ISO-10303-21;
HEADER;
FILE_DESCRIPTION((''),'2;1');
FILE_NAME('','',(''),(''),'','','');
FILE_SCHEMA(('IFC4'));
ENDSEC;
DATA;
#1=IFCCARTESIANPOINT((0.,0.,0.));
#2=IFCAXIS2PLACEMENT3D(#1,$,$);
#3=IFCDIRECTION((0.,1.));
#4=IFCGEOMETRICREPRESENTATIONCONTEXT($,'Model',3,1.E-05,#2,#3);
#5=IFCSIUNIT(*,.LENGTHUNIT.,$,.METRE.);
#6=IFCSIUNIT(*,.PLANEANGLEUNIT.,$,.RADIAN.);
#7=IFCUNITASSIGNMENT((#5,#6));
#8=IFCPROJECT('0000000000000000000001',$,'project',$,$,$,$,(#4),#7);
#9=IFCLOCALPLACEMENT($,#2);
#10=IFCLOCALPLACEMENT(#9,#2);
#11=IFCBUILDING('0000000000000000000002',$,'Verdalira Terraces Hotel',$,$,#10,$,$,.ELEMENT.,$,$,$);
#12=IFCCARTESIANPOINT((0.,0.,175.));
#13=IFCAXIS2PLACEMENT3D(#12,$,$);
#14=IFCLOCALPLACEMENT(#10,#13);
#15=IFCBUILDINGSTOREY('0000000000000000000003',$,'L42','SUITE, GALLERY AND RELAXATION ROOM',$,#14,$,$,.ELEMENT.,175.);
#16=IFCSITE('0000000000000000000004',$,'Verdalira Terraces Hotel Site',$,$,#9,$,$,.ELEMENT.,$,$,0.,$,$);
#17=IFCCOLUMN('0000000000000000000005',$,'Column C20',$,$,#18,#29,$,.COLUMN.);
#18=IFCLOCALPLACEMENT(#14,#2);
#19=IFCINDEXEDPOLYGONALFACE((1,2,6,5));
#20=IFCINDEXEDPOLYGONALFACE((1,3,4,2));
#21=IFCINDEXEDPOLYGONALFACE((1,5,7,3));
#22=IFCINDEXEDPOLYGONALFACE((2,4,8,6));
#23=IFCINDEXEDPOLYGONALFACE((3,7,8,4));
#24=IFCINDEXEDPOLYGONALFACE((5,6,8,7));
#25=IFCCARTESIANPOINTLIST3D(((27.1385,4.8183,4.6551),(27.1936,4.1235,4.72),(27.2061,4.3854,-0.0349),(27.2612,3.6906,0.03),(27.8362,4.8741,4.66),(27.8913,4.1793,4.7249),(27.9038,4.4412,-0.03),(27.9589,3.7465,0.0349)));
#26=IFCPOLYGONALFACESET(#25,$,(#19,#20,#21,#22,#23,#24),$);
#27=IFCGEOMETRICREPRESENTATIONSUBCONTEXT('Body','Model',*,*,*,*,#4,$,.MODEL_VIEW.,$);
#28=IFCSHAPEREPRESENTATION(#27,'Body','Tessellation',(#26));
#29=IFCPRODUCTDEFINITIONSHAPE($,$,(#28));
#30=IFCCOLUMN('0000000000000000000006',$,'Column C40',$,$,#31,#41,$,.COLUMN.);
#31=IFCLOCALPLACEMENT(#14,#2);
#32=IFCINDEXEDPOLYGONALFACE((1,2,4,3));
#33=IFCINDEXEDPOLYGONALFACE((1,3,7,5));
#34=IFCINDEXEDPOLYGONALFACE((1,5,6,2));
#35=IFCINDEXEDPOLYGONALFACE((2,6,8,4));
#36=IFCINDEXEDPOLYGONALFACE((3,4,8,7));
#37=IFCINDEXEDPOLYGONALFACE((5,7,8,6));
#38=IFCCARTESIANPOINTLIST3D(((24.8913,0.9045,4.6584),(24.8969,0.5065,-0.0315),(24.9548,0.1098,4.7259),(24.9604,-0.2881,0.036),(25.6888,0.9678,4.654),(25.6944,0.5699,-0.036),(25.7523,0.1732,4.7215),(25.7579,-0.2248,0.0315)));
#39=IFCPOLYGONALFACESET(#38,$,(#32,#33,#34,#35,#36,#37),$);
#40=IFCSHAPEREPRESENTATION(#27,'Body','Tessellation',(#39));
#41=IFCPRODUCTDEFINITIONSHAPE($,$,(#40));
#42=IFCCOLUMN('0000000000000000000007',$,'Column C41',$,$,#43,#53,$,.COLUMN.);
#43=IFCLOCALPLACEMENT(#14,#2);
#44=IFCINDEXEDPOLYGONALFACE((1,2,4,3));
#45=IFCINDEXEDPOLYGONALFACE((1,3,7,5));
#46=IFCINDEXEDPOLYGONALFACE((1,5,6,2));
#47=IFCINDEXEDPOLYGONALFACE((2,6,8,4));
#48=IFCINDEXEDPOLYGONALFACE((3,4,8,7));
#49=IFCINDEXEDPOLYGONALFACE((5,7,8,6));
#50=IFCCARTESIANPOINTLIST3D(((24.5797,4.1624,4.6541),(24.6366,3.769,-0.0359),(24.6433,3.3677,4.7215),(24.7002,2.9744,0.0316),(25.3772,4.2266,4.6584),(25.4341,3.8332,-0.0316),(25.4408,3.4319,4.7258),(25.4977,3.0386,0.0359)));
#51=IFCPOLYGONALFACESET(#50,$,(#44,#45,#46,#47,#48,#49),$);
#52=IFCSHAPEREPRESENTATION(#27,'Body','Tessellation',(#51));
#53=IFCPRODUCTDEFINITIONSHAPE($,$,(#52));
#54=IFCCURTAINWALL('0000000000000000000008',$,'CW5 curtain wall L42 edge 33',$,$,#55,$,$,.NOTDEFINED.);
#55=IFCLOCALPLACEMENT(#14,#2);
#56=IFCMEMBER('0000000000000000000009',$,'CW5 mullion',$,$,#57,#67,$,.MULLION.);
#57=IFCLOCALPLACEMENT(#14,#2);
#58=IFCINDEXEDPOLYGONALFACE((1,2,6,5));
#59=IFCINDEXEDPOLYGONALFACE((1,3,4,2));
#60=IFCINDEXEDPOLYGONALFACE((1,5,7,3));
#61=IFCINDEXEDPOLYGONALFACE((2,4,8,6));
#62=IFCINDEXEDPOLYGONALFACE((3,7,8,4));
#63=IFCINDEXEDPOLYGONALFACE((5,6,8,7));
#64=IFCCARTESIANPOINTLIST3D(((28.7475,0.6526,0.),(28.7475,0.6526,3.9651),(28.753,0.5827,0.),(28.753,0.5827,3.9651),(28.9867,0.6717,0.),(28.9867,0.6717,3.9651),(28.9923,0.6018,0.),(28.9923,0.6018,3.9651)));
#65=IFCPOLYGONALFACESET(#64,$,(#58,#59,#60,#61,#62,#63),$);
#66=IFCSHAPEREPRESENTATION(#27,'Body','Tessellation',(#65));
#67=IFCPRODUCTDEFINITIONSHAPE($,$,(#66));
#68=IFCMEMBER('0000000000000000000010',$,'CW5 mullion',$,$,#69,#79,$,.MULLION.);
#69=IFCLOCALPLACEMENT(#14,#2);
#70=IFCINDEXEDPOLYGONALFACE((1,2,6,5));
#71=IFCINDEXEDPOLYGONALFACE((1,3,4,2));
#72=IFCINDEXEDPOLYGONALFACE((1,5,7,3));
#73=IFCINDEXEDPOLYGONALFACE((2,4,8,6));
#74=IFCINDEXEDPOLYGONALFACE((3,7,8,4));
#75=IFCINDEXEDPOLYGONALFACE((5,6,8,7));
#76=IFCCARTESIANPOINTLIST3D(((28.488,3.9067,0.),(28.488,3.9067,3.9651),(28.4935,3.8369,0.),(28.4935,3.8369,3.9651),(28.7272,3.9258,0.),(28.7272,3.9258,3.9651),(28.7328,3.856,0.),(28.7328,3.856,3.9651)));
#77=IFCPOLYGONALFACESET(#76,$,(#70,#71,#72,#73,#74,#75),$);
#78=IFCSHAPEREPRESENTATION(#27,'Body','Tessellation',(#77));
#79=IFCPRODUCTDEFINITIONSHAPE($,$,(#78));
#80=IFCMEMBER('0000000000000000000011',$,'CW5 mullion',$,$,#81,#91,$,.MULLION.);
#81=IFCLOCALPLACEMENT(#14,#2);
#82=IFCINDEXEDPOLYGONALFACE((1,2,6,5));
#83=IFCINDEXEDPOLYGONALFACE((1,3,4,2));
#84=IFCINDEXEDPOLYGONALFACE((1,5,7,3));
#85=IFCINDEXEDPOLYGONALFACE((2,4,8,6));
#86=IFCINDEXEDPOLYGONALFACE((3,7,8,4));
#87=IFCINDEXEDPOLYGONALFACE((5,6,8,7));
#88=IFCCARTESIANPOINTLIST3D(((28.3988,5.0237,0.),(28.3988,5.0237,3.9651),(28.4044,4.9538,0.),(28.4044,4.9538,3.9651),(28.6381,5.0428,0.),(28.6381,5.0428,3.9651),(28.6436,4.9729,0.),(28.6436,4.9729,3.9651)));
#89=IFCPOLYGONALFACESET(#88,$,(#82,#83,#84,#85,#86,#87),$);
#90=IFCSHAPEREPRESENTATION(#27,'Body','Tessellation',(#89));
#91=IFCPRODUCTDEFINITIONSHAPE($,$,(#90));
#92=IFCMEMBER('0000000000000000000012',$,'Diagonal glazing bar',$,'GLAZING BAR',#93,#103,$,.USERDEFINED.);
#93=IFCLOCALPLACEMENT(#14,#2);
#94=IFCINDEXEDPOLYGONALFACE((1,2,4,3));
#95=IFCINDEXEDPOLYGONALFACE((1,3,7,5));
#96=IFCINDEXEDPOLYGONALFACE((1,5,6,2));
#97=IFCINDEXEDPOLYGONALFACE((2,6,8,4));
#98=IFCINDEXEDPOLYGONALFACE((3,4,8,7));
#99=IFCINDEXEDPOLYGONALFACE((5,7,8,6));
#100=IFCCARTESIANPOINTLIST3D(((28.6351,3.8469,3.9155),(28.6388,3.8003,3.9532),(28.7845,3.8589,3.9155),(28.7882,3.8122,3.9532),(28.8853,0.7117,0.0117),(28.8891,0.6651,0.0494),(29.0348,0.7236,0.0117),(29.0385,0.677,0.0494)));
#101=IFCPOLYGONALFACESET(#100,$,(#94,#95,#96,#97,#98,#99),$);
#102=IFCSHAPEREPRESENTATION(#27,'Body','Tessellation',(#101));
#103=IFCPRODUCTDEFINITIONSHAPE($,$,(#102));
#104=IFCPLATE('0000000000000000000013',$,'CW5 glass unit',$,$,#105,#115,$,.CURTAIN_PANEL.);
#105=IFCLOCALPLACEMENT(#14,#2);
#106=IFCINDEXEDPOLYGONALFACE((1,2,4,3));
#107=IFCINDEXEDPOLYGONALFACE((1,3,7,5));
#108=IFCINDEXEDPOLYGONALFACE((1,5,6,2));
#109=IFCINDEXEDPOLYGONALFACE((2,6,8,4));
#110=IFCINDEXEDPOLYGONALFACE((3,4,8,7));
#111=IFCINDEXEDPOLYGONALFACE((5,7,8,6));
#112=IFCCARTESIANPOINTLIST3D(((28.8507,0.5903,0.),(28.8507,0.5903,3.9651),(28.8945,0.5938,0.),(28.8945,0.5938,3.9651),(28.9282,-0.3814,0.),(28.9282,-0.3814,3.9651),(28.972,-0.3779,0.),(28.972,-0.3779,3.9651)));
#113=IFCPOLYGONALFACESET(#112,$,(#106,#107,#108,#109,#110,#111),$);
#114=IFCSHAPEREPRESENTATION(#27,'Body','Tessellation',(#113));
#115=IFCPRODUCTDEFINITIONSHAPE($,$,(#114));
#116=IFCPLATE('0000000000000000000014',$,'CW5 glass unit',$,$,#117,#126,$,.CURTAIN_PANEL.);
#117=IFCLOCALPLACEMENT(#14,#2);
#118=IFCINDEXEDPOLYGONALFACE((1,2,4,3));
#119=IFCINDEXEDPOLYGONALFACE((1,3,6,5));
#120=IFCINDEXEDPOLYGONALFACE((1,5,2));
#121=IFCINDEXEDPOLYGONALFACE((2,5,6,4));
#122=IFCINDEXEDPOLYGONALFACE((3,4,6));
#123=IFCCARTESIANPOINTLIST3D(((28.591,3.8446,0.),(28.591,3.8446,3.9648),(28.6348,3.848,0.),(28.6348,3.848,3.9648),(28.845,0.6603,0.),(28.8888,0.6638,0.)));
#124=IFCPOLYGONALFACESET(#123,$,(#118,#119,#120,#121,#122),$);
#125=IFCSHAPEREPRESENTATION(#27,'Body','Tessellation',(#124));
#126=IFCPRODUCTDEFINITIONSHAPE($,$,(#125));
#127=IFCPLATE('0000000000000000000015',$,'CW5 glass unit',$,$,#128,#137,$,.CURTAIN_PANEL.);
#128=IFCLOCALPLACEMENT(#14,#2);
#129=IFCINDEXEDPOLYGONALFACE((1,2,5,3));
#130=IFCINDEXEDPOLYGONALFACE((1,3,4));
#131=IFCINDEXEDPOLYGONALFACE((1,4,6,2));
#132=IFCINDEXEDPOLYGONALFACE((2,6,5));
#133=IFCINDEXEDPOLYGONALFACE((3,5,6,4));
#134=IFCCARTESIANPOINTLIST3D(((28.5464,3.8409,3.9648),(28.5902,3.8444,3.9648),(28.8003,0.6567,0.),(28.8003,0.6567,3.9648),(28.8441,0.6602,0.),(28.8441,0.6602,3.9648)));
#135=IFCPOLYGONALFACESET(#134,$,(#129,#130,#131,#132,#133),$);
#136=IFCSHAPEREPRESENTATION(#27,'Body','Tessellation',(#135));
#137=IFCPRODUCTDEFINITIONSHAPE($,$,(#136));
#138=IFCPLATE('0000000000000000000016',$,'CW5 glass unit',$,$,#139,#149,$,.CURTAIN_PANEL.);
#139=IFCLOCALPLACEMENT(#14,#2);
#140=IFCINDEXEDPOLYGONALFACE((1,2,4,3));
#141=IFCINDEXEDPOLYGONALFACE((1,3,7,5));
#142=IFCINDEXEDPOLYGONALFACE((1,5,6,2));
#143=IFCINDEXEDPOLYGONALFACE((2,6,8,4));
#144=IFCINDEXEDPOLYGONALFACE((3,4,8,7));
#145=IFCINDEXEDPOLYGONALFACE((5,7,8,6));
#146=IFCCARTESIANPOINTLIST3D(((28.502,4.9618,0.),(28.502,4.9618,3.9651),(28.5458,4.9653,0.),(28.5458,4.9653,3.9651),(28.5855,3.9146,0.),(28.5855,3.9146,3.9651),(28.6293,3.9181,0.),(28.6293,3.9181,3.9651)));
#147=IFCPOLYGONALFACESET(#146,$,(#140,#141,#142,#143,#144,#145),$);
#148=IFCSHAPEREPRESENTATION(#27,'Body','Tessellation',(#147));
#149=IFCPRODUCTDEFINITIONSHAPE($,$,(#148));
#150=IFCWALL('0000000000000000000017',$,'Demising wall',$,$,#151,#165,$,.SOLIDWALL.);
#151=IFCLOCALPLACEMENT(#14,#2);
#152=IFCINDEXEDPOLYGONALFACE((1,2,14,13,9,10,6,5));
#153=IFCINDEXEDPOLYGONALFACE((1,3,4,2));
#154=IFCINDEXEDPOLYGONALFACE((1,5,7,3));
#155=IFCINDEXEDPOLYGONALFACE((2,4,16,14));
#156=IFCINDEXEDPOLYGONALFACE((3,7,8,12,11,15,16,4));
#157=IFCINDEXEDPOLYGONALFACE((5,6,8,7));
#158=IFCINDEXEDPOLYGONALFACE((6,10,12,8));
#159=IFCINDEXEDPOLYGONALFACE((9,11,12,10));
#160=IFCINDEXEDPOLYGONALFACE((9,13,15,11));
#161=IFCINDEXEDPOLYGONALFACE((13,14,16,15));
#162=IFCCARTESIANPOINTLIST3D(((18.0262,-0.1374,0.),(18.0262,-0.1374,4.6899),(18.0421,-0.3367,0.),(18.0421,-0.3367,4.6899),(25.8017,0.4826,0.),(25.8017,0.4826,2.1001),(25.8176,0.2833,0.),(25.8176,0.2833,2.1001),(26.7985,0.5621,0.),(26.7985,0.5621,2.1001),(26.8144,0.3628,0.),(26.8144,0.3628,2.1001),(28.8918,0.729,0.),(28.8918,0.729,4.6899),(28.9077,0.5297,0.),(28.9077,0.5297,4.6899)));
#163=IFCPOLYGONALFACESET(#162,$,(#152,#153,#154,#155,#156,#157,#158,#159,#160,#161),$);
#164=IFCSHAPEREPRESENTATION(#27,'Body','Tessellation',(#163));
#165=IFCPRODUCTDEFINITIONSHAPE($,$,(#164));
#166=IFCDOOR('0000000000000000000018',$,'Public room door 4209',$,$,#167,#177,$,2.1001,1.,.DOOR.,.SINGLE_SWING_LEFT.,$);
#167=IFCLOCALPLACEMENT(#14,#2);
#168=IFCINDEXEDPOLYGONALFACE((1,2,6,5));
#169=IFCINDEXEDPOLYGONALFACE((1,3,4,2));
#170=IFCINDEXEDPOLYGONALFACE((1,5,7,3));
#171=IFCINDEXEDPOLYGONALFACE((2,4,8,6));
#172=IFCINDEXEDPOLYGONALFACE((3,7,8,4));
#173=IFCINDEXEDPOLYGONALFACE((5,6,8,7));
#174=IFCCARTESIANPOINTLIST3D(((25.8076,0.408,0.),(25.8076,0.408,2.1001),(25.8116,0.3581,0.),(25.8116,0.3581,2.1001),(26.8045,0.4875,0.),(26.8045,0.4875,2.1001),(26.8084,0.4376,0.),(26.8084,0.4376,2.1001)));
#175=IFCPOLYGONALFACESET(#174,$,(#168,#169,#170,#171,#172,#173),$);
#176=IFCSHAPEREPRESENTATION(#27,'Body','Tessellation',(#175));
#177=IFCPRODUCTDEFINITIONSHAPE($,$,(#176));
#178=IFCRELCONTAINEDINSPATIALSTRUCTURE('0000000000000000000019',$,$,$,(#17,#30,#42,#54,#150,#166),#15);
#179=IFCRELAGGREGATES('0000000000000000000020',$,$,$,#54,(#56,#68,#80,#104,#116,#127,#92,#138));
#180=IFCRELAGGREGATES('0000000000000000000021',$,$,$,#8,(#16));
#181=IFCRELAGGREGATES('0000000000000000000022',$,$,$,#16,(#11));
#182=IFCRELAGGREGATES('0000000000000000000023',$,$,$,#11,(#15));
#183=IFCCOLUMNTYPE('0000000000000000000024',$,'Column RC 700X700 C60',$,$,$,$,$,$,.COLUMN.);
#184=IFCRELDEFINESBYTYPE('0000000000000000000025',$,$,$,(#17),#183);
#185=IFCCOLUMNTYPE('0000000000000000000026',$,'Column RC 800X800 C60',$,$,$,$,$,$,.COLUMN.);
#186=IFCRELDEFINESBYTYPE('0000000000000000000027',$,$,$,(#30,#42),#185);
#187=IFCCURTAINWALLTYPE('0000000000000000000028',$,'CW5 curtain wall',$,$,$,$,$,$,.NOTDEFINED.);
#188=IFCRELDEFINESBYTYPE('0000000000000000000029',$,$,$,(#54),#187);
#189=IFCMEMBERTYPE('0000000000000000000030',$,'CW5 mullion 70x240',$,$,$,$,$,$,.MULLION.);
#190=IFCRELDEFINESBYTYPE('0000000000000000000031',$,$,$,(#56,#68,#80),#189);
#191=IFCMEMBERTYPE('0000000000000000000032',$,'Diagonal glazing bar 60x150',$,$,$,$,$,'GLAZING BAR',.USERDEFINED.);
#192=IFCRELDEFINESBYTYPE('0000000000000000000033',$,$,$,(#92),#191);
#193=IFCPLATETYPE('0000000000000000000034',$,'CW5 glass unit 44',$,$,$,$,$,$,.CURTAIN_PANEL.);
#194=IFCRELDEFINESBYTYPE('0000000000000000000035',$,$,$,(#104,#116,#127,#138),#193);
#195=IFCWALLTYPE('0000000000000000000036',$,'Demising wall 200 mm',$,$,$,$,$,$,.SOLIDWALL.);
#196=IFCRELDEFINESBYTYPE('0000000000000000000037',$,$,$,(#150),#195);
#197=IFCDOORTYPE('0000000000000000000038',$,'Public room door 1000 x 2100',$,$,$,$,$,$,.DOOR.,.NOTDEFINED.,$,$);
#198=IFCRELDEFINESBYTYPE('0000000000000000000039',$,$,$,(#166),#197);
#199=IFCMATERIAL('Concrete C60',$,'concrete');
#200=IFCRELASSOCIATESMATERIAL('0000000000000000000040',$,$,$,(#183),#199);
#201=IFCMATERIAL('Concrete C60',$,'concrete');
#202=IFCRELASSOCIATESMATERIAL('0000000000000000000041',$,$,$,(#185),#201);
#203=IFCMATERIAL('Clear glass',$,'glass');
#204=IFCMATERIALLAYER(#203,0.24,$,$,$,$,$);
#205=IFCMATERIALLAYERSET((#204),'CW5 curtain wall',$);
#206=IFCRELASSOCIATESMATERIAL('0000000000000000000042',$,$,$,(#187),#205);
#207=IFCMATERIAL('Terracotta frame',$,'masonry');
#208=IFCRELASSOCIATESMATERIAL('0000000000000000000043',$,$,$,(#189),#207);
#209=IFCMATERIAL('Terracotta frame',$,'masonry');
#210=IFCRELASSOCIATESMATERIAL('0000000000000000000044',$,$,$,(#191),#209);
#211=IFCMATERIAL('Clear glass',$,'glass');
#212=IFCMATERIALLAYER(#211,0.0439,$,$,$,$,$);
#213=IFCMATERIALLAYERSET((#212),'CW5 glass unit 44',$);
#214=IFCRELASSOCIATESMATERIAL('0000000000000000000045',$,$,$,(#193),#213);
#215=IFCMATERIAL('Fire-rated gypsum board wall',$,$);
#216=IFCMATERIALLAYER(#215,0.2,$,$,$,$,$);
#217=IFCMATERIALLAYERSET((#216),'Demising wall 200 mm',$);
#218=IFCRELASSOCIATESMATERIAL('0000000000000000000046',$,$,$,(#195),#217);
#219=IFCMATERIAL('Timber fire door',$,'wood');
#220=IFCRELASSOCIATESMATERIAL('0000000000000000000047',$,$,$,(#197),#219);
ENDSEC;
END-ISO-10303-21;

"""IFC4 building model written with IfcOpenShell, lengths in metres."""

from ifc_helpers import new_model, si_unit, direction, frame, frame_2d, origin, origin_2d, place, context, subcontext, project, spatial, polyline, rectangle, outline, extrude, material, layer, layer_set, material_profile, profile_set, type_object, element, fill, aggregate, save


model = new_model("IFC4")

# Units and contexts
model_context = context("Model", 3, precision=1e-05, world=origin(), true_north=direction((0.0, 1.0)))
body_context = subcontext(model_context, "Body", "Model", "MODEL_VIEW")
ifc_project = project(units=[si_unit("LENGTHUNIT", "METRE"), si_unit("PLANEANGLEUNIT", "RADIAN")], contexts=[model_context])

# Site, building, storey
site_placement = place(None, origin())
site = spatial("IfcSite", under=ifc_project, at=site_placement, Name="Verdalira Terraces Hotel Site", CompositionType="ELEMENT", RefElevation=0.0)
building_placement = place(site_placement, origin())
building = spatial("IfcBuilding", under=site, at=building_placement, Name="Verdalira Terraces Hotel", CompositionType="ELEMENT")
storey_placement = place(building_placement, frame((0.0, 0.0, 175.0)))
storey = spatial("IfcBuildingStorey", under=building, at=storey_placement, Name="L42", Description="SUITE, GALLERY AND RELAXATION ROOM", CompositionType="ELEMENT", Elevation=175.0)

# Columns
ifc_material_1 = material(Name="Concrete C60", Category="concrete")
ifc_material_profile_1 = material_profile(ifc_material_1, rectangle(XDim=0.7, YDim=0.7, at=origin_2d()), Name="RC 700X700")
ifc_profile_set_1 = profile_set([ifc_material_profile_1], Name="Concrete C60")
column_type_1 = type_object("IfcColumnType", Name="Column RC 700X700 C60", PredefinedType="COLUMN", material=ifc_profile_set_1)
column_placement = place(storey_placement, frame((27.5825, 4.0659, 0.0), z_axis=(-0.014357, 0.091896, 0.995665), x_axis=(-0.078762, 0.99257, -0.092746)))
element("IfcColumn", 1, at=column_placement, inside=storey, type_object=column_type_1, Name="Column C20", PredefinedType="COLUMN", context=body_context, shape_type="SweptSolid", body=[
    extrude(rectangle(XDim=0.7, YDim=0.7, at=origin_2d()), origin(), (0.0, 0.0, 1.0), 4.7104),
])
ifc_material_2 = material(Name="Concrete C60", Category="concrete")
ifc_material_profile_2 = material_profile(ifc_material_2, rectangle(XDim=0.8, YDim=0.8, at=origin_2d()), Name="RC 800X800")
ifc_profile_set_2 = profile_set([ifc_material_profile_2], Name="Concrete C60")
column_type_2 = type_object("IfcColumnType", Name="Column RC 800X800 C60", PredefinedType="COLUMN", material=ifc_profile_set_2)
for number, where, z_axis, x_axis, name in (
    (2, (25.3274, 0.1409, 0.0), (-0.001193, 0.084548, 0.996419), (0.996843, 0.079205, -0.005527), "Column C40"),
    (3, (25.0671, 3.4038, 0.0), (-0.012086, 0.083563, 0.996429), (0.99676, 0.080252, 0.00536), "Column C41"),
):
    element("IfcColumn", number, at=place(storey_placement, frame(where, z_axis=z_axis, x_axis=x_axis)), inside=storey, type_object=column_type_2, Name=name, PredefinedType="COLUMN", context=body_context, shape_type="SweptSolid", body=[
        extrude(rectangle(XDim=0.8, YDim=0.8, at=origin_2d()), origin(), (0.0, 0.0, 1.0), 4.7068),
    ])

# Curtain wall, members, plates
ifc_material_3 = material(Name="Clear glass", Category="glass")
ifc_layer_1 = layer(ifc_material_3, 0.24)
ifc_layer_set_1 = layer_set([ifc_layer_1], Name="CW5 curtain wall")
curtain_wall_type = type_object("IfcCurtainWallType", Name="CW5 curtain wall", PredefinedType="NOTDEFINED", material=ifc_layer_set_1)
curtain_wall_placement = place(storey_placement, origin())
curtain_wall = element("IfcCurtainWall", 4, at=curtain_wall_placement, inside=storey, type_object=curtain_wall_type, Name="CW5 curtain wall L42 edge 33", PredefinedType="NOTDEFINED")
ifc_material_4 = material(Name="Terracotta frame", Category="masonry")
ifc_material_profile_3 = material_profile(ifc_material_4, rectangle(XDim=0.0701, YDim=0.24, at=origin_2d()), Name="MU 70x240")
ifc_profile_set_3 = profile_set([ifc_material_profile_3], Name="Terracotta frame")
member_type_1 = type_object("IfcMemberType", Name="CW5 mullion 70x240", PredefinedType="MULLION", material=ifc_profile_set_3)
member_1_placement = place(storey_placement, frame((28.8699, 0.6272, 0.0), z_axis=(0.0, 0.0, 1.0), x_axis=(-0.079503, 0.996835, 0.0)))
member_1 = element("IfcMember", 5, at=member_1_placement, type_object=member_type_1, Name="CW5 mullion", PredefinedType="MULLION", context=body_context, shape_type="SweptSolid", body=[
    extrude(rectangle(XDim=0.0701, YDim=0.24, at=origin_2d()), origin(), (0.0, 0.0, 1.0), 3.9651),
])
member_2_placement = place(storey_placement, frame((28.6104, 3.8813, 0.0), z_axis=(0.0, 0.0, 1.0), x_axis=(-0.079503, 0.996835, 0.0)))
member_2 = element("IfcMember", 6, at=member_2_placement, type_object=member_type_1, Name="CW5 mullion", PredefinedType="MULLION", context=body_context, shape_type="SweptSolid", body=[
    extrude(rectangle(XDim=0.0701, YDim=0.24, at=origin_2d()), origin(), (0.0, 0.0, 1.0), 3.9651),
])
member_3_placement = place(storey_placement, frame((28.5212, 4.9983, 0.0), z_axis=(0.0, 0.0, 1.0), x_axis=(-0.079503, 0.996835, 0.0)))
member_3 = element("IfcMember", 7, at=member_3_placement, type_object=member_type_1, Name="CW5 mullion", PredefinedType="MULLION", context=body_context, shape_type="SweptSolid", body=[
    extrude(rectangle(XDim=0.0701, YDim=0.24, at=origin_2d()), origin(), (0.0, 0.0, 1.0), 3.9651),
])
ifc_material_5 = material(Name="Terracotta frame", Category="masonry")
ifc_material_profile_4 = material_profile(ifc_material_5, rectangle(XDim=0.1499, YDim=0.0601, at=origin_2d()), Name="GB 60x150")
ifc_profile_set_4 = profile_set([ifc_material_profile_4], Name="Terracotta frame")
member_type_2 = type_object("IfcMemberType", Name="Diagonal glazing bar 60x150", ElementType="GLAZING BAR", PredefinedType="USERDEFINED", material=ifc_profile_set_4)
member_4_placement = place(storey_placement, frame((28.9619, 0.6943, 0.0305), z_axis=(-0.049917, 0.6254, 0.778706), x_axis=(-0.99683, -0.079563, 0.0)))
member_4 = element("IfcMember", 8, at=member_4_placement, type_object=member_type_2, Name="Diagonal glazing bar", ObjectType="GLAZING BAR", PredefinedType="USERDEFINED", context=body_context, shape_type="SweptSolid", body=[
    extrude(rectangle(XDim=0.1499, YDim=0.0601, at=origin_2d()), origin(), (0.0, 0.0, 1.0), 5.0132),
])
ifc_material_6 = material(Name="Clear glass", Category="glass")
ifc_layer_2 = layer(ifc_material_6, 0.0439)
ifc_layer_set_2 = layer_set([ifc_layer_2], Name="CW5 glass unit 44")
plate_type = type_object("IfcPlateType", Name="CW5 glass unit 44", PredefinedType="CURTAIN_PANEL", material=ifc_layer_set_2)
plate_1_placement = place(storey_placement, frame((28.9114, 0.1062, 0.0), z_axis=(0.0, 0.0, 1.0), x_axis=(-0.079503, 0.996835, 0.0)))
plate_1 = element("IfcPlate", 9, at=plate_1_placement, type_object=plate_type, Name="CW5 glass unit", PredefinedType="CURTAIN_PANEL", context=body_context, shape_type="SweptSolid", body=[
    extrude(rectangle(XDim=0.9749, YDim=0.0439, at=origin_2d()), origin(), (0.0, 0.0, 1.0), 3.9651),
])
plate_2_placement = place(storey_placement, frame((28.718, 2.2524, 1.9824), z_axis=(0.996835, 0.079503, 0.0), x_axis=(-0.079503, 0.996835, 0.0)))
plate_2 = element("IfcPlate", 10, at=plate_2_placement, type_object=plate_type, Name="CW5 glass unit", PredefinedType="CURTAIN_PANEL", context=body_context, shape_type="SweptSolid", body=[
    extrude(outline(polyline([(-1.5972, -1.9824), (1.5972, -1.9824), (1.5972, 1.9824), (-1.5972, -1.9824)])), origin(), (0.0, 0.0, 1.0), 0.0439),
])
plate_3_placement = place(storey_placement, frame((28.6733, 2.2488, 1.9824), z_axis=(0.996835, 0.079503, 0.0), x_axis=(-0.079503, 0.996835, 0.0)))
plate_3 = element("IfcPlate", 11, at=plate_3_placement, type_object=plate_type, Name="CW5 glass unit", PredefinedType="CURTAIN_PANEL", context=body_context, shape_type="SweptSolid", body=[
    extrude(outline(polyline([(-1.5972, -1.9824), (1.5972, 1.9824), (-1.5972, 1.9824), (-1.5972, -1.9824)])), origin(), (0.0, 0.0, 1.0), 0.0439),
])
plate_4_placement = place(storey_placement, frame((28.5657, 4.4399, 0.0), z_axis=(0.0, 0.0, 1.0), x_axis=(-0.079503, 0.996835, 0.0)))
plate_4 = element("IfcPlate", 12, at=plate_4_placement, type_object=plate_type, Name="CW5 glass unit", PredefinedType="CURTAIN_PANEL", context=body_context, shape_type="SweptSolid", body=[
    extrude(rectangle(XDim=1.0505, YDim=0.0439, at=origin_2d()), origin(), (0.0, 0.0, 1.0), 3.9651),
])
aggregate(curtain_wall, [member_1, member_2, member_3, plate_1, plate_2, plate_3, member_4, plate_4])

# Wall, opening, door
ifc_material_7 = material(Name="Fire-rated gypsum board wall")
ifc_layer_3 = layer(ifc_material_7, 0.2)
ifc_layer_set_3 = layer_set([ifc_layer_3], Name="Demising wall 200 mm")
wall_type_1 = type_object("IfcWallType", Name="Demising wall 200 mm", PredefinedType="SOLIDWALL", material=ifc_layer_set_3)
wall_1_placement = place(storey_placement, frame((28.8999, 0.6294, 0.0), z_axis=(0.0, 0.0, 1.0), x_axis=(-0.996836, -0.07949, 0.0)))
wall_1 = element("IfcWall", 13, at=wall_1_placement, inside=storey, type_object=wall_type_1, Name="Demising wall", PredefinedType="SOLIDWALL", context=body_context, shape_type="SweptSolid", body=[
    extrude(rectangle(XDim=10.9001, YDim=0.2, at=frame_2d((5.4502, 0.0))), origin(), (0.0, 0.0, 1.0), 4.6899),
])
opening_placement = place(wall_1_placement, frame((2.1001, 0.0, 0.0)))
opening = element("IfcOpeningElement", 14, at=opening_placement, cuts=wall_1, PredefinedType="OPENING", context=body_context, shape_type="SweptSolid", body=[
    extrude(rectangle(XDim=1.0, YDim=2.1001, at=frame_2d((0.5, 1.05))), frame((0.0, 0.1099, 0.0), z_axis=(0.0, -1.0, 0.0), x_axis=(1.0, 0.0, 0.0)), (0.0, 0.0, 1.0), 0.22),
])
ifc_material_8 = material(Name="Timber fire door", Category="wood")
door_type = type_object("IfcDoorType", Name="Public room door 1000 x 2100", OperationType="NOTDEFINED", PredefinedType="DOOR", material=ifc_material_8)
door_placement = place(opening_placement, origin())
door = element("IfcDoor", 15, at=door_placement, inside=storey, type_object=door_type, Name="Public room door 4209", OperationType="SINGLE_SWING_LEFT", OverallHeight=2.1001, OverallWidth=1.0, PredefinedType="DOOR", context=body_context, shape_type="SweptSolid", body=[
    extrude(rectangle(XDim=1.0, YDim=2.1001, at=frame_2d((0.5, 1.05))), frame((0.0, 0.0249, 0.0), z_axis=(0.0, -1.0, 0.0), x_axis=(1.0, 0.0, 0.0)), (0.0, 0.0, 1.0), 0.05),
])
fill(opening, door)

save(model, "model.ifc")
